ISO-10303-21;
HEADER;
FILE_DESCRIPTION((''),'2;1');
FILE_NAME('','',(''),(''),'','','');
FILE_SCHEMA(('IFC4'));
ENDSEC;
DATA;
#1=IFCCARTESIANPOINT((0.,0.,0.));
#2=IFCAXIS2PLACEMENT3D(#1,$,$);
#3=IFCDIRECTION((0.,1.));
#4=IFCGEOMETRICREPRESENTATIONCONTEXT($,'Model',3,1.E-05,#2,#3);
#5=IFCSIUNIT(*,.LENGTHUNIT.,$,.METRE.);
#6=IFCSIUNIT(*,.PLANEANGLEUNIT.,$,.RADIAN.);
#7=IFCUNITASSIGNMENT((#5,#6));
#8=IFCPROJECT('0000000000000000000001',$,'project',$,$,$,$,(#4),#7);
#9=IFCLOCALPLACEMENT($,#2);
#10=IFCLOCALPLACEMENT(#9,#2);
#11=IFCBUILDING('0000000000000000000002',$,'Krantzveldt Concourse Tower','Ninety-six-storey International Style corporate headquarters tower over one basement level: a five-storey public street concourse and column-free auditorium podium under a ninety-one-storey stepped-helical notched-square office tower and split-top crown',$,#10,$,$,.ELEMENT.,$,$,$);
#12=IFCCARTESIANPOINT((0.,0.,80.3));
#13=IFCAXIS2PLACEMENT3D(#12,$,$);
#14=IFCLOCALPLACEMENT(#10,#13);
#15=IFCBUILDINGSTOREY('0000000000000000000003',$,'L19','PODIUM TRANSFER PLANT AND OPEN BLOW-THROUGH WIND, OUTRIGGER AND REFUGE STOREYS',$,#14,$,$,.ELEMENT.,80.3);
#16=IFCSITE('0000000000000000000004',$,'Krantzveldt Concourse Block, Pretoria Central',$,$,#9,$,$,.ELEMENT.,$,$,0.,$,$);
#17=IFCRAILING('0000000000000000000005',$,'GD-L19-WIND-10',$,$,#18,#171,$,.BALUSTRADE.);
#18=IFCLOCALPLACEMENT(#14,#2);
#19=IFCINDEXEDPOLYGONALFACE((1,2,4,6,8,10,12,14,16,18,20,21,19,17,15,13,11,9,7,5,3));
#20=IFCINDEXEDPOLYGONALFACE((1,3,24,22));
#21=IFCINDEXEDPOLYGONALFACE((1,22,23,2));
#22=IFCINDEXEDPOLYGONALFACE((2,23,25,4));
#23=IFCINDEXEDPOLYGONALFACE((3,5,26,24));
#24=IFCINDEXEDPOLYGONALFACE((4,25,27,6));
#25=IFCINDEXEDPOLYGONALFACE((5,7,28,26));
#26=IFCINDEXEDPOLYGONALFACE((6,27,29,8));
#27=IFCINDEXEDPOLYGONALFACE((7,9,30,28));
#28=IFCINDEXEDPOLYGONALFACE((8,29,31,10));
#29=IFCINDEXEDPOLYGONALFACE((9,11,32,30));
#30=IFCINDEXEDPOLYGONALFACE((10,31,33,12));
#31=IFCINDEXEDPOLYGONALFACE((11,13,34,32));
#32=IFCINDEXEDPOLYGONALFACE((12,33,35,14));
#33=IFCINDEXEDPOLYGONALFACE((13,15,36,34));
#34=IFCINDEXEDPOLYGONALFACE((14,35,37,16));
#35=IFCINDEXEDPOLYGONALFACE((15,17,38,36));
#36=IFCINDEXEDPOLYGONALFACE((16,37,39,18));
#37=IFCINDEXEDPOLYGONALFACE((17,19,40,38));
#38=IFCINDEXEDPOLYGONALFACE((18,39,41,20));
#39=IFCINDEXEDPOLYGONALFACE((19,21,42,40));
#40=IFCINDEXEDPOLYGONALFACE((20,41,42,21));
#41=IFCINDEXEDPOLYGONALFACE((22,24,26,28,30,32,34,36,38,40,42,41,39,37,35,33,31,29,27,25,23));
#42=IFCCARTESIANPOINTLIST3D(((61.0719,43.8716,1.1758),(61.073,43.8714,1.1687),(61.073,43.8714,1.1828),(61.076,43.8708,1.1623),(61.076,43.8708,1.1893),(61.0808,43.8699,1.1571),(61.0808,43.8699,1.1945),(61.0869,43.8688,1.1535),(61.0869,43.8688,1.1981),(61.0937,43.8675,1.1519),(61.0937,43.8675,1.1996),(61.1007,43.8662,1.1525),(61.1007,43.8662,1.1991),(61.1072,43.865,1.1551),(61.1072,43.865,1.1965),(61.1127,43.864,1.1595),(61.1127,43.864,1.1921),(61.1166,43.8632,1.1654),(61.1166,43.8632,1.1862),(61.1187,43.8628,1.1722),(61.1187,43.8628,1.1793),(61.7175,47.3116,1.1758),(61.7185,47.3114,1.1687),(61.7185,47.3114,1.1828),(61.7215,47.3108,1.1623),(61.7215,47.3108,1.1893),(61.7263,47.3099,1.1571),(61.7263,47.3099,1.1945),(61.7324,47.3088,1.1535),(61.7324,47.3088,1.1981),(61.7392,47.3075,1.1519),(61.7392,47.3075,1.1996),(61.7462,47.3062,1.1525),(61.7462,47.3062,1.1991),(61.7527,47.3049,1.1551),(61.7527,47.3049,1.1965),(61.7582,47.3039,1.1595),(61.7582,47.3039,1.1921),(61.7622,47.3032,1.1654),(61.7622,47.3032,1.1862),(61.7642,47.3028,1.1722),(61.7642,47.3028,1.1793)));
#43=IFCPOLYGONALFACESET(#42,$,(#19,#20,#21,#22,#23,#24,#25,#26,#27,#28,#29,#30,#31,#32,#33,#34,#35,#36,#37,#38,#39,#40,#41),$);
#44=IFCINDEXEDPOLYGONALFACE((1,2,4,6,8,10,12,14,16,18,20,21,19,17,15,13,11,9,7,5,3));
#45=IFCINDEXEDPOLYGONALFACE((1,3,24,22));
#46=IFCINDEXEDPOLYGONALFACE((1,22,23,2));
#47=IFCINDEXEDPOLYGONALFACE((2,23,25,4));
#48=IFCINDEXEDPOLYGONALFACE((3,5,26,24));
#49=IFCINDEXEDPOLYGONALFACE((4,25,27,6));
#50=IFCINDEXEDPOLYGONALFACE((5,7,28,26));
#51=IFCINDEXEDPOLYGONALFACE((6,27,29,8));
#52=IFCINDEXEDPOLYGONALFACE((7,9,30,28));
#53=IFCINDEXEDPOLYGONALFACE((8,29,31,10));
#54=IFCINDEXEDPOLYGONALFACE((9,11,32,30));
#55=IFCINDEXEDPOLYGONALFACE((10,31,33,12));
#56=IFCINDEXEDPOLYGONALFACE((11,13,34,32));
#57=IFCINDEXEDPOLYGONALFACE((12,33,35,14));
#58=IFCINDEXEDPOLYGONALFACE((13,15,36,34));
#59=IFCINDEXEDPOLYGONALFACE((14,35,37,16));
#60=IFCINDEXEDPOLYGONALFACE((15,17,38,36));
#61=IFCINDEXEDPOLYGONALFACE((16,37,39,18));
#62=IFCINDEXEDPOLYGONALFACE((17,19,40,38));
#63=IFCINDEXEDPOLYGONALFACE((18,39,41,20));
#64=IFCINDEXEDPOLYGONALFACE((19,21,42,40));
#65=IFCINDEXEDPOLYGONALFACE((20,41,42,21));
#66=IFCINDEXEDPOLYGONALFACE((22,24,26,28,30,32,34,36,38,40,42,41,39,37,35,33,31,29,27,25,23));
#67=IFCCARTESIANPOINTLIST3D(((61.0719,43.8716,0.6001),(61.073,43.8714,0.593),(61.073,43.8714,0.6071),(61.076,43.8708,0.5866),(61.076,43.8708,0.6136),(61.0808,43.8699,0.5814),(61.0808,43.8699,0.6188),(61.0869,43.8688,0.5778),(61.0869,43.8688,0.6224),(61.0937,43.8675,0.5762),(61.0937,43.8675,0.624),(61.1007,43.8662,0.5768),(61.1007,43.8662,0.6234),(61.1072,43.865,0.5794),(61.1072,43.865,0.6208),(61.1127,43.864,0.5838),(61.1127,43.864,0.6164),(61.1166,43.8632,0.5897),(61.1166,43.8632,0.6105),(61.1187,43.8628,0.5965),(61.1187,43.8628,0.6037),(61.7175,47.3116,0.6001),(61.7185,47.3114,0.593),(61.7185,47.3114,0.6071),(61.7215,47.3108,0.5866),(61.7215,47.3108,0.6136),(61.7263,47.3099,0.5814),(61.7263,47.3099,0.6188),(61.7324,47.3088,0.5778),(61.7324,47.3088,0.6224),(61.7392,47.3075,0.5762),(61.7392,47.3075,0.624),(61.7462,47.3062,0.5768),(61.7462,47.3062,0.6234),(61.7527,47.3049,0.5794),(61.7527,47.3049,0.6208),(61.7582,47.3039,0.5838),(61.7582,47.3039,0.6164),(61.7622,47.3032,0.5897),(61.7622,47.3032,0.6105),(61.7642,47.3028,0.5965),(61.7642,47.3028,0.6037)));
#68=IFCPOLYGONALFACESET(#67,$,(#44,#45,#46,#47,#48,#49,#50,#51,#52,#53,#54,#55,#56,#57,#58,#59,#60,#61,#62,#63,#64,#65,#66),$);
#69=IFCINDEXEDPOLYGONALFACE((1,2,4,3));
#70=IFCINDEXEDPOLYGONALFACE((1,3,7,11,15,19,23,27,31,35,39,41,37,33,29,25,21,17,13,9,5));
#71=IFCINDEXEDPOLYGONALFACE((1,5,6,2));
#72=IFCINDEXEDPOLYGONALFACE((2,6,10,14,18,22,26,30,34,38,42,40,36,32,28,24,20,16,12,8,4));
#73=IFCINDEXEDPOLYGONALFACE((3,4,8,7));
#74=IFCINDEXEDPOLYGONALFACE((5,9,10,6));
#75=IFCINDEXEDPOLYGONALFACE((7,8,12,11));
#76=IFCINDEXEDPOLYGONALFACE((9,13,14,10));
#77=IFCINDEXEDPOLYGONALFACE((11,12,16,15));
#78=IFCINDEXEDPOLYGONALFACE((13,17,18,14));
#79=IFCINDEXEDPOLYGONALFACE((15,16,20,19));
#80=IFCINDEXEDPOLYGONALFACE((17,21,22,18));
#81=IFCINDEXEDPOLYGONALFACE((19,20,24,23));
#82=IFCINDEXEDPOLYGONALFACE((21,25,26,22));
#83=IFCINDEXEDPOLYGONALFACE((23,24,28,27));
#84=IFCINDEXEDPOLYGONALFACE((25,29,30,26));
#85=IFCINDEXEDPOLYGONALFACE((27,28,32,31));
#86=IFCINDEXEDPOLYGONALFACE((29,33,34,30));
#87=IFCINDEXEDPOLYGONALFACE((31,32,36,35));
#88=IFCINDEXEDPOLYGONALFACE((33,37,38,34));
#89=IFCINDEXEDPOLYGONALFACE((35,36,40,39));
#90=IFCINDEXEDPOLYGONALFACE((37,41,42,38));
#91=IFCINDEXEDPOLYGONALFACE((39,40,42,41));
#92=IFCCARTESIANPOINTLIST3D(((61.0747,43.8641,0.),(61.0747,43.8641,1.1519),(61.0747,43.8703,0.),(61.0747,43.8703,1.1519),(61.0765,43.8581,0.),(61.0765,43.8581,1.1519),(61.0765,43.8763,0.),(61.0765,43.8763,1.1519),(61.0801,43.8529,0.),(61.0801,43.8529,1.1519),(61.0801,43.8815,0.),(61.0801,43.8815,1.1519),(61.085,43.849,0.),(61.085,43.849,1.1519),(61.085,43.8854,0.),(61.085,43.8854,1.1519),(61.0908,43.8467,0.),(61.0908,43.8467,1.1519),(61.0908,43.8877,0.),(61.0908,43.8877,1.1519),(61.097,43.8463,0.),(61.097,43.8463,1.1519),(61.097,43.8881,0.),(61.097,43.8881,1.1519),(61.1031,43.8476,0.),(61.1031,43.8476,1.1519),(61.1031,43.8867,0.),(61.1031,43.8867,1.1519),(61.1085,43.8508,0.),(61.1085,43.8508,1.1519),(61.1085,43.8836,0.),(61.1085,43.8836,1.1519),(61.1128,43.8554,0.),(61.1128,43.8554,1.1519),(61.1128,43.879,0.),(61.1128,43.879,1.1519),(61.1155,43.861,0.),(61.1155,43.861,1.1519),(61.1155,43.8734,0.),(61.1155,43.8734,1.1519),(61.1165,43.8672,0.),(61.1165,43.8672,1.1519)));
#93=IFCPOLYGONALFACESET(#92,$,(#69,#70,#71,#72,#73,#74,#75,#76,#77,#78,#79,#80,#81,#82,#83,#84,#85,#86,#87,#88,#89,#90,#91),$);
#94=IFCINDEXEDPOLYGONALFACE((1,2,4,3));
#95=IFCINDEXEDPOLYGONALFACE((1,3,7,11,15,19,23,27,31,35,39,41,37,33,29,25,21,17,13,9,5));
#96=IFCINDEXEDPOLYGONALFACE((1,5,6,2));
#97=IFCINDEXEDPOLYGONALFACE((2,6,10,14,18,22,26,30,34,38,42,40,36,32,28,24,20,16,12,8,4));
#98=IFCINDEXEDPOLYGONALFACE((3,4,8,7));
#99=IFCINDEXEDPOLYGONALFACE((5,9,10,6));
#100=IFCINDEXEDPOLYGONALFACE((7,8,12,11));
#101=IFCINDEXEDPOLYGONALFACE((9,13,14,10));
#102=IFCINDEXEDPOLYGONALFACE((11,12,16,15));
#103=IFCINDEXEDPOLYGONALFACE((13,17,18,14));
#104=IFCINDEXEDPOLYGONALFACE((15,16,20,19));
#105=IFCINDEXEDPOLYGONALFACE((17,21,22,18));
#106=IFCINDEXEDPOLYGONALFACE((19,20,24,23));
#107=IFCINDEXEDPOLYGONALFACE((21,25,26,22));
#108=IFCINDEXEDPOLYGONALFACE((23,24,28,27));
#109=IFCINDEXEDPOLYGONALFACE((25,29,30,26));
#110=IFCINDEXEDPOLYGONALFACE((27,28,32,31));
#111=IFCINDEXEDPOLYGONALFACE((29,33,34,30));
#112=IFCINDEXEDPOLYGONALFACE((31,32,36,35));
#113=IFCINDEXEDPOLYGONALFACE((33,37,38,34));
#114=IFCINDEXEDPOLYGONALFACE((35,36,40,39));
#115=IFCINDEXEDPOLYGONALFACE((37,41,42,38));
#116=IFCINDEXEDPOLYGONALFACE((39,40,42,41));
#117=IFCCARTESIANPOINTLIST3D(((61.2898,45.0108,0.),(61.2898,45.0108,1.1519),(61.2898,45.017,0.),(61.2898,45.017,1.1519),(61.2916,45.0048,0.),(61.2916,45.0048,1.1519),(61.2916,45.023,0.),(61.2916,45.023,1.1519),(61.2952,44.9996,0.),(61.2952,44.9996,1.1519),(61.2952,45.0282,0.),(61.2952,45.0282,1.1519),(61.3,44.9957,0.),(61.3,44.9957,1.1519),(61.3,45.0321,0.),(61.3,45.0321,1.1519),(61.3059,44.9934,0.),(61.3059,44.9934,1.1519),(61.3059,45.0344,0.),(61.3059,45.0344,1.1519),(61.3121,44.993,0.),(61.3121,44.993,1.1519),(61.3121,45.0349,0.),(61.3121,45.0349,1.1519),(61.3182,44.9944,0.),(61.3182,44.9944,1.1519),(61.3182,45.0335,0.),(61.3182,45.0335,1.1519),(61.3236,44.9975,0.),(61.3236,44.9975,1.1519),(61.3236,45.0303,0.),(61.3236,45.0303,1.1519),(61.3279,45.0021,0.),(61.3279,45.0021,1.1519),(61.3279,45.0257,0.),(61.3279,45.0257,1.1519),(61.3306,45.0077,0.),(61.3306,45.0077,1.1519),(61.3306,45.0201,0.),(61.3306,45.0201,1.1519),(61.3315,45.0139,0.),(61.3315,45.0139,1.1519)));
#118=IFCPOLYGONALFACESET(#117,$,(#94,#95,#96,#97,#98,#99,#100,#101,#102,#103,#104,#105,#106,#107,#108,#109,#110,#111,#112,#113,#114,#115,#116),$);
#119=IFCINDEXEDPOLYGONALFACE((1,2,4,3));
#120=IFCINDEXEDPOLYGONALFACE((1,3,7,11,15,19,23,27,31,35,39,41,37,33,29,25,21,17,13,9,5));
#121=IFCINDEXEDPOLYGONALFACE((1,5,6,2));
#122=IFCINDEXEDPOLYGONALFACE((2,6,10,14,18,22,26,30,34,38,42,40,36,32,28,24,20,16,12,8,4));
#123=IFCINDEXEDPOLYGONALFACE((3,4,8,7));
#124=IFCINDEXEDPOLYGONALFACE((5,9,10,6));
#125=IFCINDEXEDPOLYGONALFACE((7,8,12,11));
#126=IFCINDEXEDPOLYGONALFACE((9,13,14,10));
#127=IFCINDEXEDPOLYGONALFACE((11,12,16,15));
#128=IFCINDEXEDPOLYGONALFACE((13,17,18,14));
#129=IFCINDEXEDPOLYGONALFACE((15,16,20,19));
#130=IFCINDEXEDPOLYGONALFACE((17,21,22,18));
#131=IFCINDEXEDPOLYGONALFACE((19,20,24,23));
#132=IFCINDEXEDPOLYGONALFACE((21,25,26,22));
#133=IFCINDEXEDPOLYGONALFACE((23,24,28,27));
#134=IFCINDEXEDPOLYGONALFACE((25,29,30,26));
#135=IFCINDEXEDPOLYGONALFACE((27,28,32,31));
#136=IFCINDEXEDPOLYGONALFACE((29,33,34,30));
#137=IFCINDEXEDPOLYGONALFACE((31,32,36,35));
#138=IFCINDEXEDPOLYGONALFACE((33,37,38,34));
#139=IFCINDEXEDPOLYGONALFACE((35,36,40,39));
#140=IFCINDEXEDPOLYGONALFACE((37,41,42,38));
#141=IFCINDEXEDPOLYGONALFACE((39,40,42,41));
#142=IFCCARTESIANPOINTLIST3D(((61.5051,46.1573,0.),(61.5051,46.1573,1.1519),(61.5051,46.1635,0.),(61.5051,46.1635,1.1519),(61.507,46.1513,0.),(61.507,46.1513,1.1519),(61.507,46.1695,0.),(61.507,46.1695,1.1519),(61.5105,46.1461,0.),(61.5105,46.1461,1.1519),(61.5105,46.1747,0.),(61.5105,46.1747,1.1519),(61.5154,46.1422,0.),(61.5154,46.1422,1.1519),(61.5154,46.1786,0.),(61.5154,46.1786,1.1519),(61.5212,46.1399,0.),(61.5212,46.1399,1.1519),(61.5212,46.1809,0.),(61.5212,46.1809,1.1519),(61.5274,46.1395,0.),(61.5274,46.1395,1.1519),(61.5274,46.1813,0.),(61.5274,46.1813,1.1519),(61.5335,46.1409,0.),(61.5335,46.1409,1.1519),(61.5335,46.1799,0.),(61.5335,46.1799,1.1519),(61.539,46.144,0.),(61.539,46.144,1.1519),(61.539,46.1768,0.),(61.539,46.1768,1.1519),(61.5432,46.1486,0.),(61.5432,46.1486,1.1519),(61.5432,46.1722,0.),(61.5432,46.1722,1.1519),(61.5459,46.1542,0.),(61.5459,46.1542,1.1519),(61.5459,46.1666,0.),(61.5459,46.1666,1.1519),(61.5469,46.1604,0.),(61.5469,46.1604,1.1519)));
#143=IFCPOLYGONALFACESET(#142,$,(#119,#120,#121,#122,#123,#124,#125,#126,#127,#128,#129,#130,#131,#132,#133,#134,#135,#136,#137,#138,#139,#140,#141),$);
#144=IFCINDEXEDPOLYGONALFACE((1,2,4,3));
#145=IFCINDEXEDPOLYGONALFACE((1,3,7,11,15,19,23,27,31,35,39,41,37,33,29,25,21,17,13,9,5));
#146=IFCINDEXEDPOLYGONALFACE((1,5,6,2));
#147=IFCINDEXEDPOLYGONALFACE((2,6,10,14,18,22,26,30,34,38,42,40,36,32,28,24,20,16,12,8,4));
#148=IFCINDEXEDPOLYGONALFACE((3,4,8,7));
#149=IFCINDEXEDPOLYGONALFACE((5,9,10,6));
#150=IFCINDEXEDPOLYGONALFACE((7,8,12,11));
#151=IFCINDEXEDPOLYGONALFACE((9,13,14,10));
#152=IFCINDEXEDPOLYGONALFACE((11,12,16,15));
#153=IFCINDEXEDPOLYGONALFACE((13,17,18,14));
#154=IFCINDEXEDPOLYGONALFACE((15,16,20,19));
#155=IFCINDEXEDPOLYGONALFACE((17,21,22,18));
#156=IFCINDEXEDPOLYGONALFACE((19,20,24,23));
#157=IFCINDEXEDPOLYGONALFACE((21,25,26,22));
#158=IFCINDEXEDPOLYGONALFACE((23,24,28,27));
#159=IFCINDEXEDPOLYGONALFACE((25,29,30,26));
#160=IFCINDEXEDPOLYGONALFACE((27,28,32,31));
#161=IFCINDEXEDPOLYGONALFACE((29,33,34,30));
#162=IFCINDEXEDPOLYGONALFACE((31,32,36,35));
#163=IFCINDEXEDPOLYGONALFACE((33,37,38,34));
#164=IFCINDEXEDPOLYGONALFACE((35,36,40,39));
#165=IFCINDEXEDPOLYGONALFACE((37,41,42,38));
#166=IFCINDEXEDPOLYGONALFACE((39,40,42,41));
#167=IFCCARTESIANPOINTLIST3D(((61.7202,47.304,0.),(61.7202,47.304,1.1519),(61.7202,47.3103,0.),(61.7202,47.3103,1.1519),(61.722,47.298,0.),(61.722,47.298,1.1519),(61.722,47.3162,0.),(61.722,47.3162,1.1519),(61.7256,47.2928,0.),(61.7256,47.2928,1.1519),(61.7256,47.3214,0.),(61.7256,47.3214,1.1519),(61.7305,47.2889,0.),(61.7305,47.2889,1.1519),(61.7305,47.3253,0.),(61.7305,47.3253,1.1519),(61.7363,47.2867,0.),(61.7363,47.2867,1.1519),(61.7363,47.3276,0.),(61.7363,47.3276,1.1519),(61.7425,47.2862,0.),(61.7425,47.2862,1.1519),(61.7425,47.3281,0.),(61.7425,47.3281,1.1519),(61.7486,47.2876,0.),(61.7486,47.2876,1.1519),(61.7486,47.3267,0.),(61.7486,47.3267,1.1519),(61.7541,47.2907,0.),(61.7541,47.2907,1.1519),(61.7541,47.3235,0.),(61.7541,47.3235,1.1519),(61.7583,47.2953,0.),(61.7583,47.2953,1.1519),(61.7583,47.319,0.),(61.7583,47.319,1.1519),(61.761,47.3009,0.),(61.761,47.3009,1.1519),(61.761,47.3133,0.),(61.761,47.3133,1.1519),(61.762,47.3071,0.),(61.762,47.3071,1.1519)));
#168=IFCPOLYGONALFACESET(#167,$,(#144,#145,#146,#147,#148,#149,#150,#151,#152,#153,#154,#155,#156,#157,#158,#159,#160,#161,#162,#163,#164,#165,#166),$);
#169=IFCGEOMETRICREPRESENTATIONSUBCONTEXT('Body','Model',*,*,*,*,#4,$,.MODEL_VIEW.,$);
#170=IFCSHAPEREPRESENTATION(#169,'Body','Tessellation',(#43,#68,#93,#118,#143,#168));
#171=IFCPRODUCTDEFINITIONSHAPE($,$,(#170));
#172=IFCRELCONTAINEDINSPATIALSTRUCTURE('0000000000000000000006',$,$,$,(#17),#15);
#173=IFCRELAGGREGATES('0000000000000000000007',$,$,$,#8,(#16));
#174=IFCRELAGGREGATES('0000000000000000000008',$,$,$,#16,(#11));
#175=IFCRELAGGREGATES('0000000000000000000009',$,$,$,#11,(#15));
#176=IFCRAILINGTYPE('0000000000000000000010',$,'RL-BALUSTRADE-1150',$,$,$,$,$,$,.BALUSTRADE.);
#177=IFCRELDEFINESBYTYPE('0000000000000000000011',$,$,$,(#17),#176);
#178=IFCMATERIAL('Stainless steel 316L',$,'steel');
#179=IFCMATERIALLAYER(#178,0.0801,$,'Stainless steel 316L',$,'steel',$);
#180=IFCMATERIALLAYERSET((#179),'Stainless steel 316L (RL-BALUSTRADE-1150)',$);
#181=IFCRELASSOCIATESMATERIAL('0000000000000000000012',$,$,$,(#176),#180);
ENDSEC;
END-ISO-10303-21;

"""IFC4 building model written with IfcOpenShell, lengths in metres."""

from ifc_helpers import new_model, si_unit, direction, frame, origin, origin_2d, place, context, subcontext, project, spatial, circle, extrude, material, layer, layer_set, type_object, element, save


model = new_model("IFC4")

# Units and contexts
model_context = context("Model", 3, precision=1e-05, world=origin(), true_north=direction((0.0, 1.0)))
body_context = subcontext(model_context, "Body", "Model", "MODEL_VIEW")
ifc_project = project(units=[si_unit("LENGTHUNIT", "METRE"), si_unit("PLANEANGLEUNIT", "RADIAN")], contexts=[model_context])

# Site, building, storey
site_placement = place(None, origin())
site = spatial("IfcSite", under=ifc_project, at=site_placement, Name="Krantzveldt Concourse Block, Pretoria Central", CompositionType="ELEMENT", RefElevation=0.0)
building_placement = place(site_placement, origin())
building = spatial("IfcBuilding", under=site, at=building_placement, Name="Krantzveldt Concourse Tower", Description="Ninety-six-storey International Style corporate headquarters tower over one basement level: a five-storey public street concourse and column-free auditorium podium under a ninety-one-storey stepped-helical notched-square office tower and split-top crown", CompositionType="ELEMENT")
storey_placement = place(building_placement, frame((0.0, 0.0, 80.3)))
storey = spatial("IfcBuildingStorey", under=building, at=storey_placement, Name="L19", Description="PODIUM TRANSFER PLANT AND OPEN BLOW-THROUGH WIND, OUTRIGGER AND REFUGE STOREYS", CompositionType="ELEMENT", Elevation=80.3)

# Railing
ifc_material_1 = material(Name="Stainless steel 316L", Category="steel")
ifc_layer_1 = layer(ifc_material_1, 0.0801, Name="Stainless steel 316L", Category="steel")
ifc_layer_set_1 = layer_set([ifc_layer_1], Name="Stainless steel 316L (RL-BALUSTRADE-1150)")
railing_type = type_object("IfcRailingType", Name="RL-BALUSTRADE-1150", PredefinedType="BALUSTRADE", material=ifc_layer_set_1)
railing_1_placement = place(storey_placement, frame((61.0955, 43.8672, 0.0)))
element("IfcRailing", 1, at=railing_1_placement, inside=storey, type_object=railing_type, Name="GD-L19-WIND-10", PredefinedType="BALUSTRADE", context=body_context, shape_type="SweptSolid", body=[
    extrude(circle(Radius=0.0239, at=origin_2d()), frame((0.0, 0.0, 1.1758), z_axis=(0.184432, 0.982845, 0.0), x_axis=(-0.982845, 0.184432, 0.0)), (0.0, 0.0, 1.0), 3.5),
    extrude(circle(Radius=0.0239, at=origin_2d()), frame((0.0, 0.0, 0.6001), z_axis=(0.184432, 0.982845, 0.0), x_axis=(-0.982845, 0.184432, 0.0)), (0.0, 0.0, 1.0), 3.5),
    extrude(circle(Radius=0.021, at=origin_2d()), origin(), (0.0, 0.0, 1.0), 1.1519),
    extrude(circle(Radius=0.021, at=origin_2d()), frame((0.2151, 1.1467, 0.0)), (0.0, 0.0, 1.0), 1.1519),
    extrude(circle(Radius=0.021, at=origin_2d()), frame((0.4304, 2.2932, 0.0)), (0.0, 0.0, 1.0), 1.1519),
    extrude(circle(Radius=0.021, at=origin_2d()), frame((0.6455, 3.4399, 0.0)), (0.0, 0.0, 1.0), 1.1519),
])

save(model, "model.ifc")
